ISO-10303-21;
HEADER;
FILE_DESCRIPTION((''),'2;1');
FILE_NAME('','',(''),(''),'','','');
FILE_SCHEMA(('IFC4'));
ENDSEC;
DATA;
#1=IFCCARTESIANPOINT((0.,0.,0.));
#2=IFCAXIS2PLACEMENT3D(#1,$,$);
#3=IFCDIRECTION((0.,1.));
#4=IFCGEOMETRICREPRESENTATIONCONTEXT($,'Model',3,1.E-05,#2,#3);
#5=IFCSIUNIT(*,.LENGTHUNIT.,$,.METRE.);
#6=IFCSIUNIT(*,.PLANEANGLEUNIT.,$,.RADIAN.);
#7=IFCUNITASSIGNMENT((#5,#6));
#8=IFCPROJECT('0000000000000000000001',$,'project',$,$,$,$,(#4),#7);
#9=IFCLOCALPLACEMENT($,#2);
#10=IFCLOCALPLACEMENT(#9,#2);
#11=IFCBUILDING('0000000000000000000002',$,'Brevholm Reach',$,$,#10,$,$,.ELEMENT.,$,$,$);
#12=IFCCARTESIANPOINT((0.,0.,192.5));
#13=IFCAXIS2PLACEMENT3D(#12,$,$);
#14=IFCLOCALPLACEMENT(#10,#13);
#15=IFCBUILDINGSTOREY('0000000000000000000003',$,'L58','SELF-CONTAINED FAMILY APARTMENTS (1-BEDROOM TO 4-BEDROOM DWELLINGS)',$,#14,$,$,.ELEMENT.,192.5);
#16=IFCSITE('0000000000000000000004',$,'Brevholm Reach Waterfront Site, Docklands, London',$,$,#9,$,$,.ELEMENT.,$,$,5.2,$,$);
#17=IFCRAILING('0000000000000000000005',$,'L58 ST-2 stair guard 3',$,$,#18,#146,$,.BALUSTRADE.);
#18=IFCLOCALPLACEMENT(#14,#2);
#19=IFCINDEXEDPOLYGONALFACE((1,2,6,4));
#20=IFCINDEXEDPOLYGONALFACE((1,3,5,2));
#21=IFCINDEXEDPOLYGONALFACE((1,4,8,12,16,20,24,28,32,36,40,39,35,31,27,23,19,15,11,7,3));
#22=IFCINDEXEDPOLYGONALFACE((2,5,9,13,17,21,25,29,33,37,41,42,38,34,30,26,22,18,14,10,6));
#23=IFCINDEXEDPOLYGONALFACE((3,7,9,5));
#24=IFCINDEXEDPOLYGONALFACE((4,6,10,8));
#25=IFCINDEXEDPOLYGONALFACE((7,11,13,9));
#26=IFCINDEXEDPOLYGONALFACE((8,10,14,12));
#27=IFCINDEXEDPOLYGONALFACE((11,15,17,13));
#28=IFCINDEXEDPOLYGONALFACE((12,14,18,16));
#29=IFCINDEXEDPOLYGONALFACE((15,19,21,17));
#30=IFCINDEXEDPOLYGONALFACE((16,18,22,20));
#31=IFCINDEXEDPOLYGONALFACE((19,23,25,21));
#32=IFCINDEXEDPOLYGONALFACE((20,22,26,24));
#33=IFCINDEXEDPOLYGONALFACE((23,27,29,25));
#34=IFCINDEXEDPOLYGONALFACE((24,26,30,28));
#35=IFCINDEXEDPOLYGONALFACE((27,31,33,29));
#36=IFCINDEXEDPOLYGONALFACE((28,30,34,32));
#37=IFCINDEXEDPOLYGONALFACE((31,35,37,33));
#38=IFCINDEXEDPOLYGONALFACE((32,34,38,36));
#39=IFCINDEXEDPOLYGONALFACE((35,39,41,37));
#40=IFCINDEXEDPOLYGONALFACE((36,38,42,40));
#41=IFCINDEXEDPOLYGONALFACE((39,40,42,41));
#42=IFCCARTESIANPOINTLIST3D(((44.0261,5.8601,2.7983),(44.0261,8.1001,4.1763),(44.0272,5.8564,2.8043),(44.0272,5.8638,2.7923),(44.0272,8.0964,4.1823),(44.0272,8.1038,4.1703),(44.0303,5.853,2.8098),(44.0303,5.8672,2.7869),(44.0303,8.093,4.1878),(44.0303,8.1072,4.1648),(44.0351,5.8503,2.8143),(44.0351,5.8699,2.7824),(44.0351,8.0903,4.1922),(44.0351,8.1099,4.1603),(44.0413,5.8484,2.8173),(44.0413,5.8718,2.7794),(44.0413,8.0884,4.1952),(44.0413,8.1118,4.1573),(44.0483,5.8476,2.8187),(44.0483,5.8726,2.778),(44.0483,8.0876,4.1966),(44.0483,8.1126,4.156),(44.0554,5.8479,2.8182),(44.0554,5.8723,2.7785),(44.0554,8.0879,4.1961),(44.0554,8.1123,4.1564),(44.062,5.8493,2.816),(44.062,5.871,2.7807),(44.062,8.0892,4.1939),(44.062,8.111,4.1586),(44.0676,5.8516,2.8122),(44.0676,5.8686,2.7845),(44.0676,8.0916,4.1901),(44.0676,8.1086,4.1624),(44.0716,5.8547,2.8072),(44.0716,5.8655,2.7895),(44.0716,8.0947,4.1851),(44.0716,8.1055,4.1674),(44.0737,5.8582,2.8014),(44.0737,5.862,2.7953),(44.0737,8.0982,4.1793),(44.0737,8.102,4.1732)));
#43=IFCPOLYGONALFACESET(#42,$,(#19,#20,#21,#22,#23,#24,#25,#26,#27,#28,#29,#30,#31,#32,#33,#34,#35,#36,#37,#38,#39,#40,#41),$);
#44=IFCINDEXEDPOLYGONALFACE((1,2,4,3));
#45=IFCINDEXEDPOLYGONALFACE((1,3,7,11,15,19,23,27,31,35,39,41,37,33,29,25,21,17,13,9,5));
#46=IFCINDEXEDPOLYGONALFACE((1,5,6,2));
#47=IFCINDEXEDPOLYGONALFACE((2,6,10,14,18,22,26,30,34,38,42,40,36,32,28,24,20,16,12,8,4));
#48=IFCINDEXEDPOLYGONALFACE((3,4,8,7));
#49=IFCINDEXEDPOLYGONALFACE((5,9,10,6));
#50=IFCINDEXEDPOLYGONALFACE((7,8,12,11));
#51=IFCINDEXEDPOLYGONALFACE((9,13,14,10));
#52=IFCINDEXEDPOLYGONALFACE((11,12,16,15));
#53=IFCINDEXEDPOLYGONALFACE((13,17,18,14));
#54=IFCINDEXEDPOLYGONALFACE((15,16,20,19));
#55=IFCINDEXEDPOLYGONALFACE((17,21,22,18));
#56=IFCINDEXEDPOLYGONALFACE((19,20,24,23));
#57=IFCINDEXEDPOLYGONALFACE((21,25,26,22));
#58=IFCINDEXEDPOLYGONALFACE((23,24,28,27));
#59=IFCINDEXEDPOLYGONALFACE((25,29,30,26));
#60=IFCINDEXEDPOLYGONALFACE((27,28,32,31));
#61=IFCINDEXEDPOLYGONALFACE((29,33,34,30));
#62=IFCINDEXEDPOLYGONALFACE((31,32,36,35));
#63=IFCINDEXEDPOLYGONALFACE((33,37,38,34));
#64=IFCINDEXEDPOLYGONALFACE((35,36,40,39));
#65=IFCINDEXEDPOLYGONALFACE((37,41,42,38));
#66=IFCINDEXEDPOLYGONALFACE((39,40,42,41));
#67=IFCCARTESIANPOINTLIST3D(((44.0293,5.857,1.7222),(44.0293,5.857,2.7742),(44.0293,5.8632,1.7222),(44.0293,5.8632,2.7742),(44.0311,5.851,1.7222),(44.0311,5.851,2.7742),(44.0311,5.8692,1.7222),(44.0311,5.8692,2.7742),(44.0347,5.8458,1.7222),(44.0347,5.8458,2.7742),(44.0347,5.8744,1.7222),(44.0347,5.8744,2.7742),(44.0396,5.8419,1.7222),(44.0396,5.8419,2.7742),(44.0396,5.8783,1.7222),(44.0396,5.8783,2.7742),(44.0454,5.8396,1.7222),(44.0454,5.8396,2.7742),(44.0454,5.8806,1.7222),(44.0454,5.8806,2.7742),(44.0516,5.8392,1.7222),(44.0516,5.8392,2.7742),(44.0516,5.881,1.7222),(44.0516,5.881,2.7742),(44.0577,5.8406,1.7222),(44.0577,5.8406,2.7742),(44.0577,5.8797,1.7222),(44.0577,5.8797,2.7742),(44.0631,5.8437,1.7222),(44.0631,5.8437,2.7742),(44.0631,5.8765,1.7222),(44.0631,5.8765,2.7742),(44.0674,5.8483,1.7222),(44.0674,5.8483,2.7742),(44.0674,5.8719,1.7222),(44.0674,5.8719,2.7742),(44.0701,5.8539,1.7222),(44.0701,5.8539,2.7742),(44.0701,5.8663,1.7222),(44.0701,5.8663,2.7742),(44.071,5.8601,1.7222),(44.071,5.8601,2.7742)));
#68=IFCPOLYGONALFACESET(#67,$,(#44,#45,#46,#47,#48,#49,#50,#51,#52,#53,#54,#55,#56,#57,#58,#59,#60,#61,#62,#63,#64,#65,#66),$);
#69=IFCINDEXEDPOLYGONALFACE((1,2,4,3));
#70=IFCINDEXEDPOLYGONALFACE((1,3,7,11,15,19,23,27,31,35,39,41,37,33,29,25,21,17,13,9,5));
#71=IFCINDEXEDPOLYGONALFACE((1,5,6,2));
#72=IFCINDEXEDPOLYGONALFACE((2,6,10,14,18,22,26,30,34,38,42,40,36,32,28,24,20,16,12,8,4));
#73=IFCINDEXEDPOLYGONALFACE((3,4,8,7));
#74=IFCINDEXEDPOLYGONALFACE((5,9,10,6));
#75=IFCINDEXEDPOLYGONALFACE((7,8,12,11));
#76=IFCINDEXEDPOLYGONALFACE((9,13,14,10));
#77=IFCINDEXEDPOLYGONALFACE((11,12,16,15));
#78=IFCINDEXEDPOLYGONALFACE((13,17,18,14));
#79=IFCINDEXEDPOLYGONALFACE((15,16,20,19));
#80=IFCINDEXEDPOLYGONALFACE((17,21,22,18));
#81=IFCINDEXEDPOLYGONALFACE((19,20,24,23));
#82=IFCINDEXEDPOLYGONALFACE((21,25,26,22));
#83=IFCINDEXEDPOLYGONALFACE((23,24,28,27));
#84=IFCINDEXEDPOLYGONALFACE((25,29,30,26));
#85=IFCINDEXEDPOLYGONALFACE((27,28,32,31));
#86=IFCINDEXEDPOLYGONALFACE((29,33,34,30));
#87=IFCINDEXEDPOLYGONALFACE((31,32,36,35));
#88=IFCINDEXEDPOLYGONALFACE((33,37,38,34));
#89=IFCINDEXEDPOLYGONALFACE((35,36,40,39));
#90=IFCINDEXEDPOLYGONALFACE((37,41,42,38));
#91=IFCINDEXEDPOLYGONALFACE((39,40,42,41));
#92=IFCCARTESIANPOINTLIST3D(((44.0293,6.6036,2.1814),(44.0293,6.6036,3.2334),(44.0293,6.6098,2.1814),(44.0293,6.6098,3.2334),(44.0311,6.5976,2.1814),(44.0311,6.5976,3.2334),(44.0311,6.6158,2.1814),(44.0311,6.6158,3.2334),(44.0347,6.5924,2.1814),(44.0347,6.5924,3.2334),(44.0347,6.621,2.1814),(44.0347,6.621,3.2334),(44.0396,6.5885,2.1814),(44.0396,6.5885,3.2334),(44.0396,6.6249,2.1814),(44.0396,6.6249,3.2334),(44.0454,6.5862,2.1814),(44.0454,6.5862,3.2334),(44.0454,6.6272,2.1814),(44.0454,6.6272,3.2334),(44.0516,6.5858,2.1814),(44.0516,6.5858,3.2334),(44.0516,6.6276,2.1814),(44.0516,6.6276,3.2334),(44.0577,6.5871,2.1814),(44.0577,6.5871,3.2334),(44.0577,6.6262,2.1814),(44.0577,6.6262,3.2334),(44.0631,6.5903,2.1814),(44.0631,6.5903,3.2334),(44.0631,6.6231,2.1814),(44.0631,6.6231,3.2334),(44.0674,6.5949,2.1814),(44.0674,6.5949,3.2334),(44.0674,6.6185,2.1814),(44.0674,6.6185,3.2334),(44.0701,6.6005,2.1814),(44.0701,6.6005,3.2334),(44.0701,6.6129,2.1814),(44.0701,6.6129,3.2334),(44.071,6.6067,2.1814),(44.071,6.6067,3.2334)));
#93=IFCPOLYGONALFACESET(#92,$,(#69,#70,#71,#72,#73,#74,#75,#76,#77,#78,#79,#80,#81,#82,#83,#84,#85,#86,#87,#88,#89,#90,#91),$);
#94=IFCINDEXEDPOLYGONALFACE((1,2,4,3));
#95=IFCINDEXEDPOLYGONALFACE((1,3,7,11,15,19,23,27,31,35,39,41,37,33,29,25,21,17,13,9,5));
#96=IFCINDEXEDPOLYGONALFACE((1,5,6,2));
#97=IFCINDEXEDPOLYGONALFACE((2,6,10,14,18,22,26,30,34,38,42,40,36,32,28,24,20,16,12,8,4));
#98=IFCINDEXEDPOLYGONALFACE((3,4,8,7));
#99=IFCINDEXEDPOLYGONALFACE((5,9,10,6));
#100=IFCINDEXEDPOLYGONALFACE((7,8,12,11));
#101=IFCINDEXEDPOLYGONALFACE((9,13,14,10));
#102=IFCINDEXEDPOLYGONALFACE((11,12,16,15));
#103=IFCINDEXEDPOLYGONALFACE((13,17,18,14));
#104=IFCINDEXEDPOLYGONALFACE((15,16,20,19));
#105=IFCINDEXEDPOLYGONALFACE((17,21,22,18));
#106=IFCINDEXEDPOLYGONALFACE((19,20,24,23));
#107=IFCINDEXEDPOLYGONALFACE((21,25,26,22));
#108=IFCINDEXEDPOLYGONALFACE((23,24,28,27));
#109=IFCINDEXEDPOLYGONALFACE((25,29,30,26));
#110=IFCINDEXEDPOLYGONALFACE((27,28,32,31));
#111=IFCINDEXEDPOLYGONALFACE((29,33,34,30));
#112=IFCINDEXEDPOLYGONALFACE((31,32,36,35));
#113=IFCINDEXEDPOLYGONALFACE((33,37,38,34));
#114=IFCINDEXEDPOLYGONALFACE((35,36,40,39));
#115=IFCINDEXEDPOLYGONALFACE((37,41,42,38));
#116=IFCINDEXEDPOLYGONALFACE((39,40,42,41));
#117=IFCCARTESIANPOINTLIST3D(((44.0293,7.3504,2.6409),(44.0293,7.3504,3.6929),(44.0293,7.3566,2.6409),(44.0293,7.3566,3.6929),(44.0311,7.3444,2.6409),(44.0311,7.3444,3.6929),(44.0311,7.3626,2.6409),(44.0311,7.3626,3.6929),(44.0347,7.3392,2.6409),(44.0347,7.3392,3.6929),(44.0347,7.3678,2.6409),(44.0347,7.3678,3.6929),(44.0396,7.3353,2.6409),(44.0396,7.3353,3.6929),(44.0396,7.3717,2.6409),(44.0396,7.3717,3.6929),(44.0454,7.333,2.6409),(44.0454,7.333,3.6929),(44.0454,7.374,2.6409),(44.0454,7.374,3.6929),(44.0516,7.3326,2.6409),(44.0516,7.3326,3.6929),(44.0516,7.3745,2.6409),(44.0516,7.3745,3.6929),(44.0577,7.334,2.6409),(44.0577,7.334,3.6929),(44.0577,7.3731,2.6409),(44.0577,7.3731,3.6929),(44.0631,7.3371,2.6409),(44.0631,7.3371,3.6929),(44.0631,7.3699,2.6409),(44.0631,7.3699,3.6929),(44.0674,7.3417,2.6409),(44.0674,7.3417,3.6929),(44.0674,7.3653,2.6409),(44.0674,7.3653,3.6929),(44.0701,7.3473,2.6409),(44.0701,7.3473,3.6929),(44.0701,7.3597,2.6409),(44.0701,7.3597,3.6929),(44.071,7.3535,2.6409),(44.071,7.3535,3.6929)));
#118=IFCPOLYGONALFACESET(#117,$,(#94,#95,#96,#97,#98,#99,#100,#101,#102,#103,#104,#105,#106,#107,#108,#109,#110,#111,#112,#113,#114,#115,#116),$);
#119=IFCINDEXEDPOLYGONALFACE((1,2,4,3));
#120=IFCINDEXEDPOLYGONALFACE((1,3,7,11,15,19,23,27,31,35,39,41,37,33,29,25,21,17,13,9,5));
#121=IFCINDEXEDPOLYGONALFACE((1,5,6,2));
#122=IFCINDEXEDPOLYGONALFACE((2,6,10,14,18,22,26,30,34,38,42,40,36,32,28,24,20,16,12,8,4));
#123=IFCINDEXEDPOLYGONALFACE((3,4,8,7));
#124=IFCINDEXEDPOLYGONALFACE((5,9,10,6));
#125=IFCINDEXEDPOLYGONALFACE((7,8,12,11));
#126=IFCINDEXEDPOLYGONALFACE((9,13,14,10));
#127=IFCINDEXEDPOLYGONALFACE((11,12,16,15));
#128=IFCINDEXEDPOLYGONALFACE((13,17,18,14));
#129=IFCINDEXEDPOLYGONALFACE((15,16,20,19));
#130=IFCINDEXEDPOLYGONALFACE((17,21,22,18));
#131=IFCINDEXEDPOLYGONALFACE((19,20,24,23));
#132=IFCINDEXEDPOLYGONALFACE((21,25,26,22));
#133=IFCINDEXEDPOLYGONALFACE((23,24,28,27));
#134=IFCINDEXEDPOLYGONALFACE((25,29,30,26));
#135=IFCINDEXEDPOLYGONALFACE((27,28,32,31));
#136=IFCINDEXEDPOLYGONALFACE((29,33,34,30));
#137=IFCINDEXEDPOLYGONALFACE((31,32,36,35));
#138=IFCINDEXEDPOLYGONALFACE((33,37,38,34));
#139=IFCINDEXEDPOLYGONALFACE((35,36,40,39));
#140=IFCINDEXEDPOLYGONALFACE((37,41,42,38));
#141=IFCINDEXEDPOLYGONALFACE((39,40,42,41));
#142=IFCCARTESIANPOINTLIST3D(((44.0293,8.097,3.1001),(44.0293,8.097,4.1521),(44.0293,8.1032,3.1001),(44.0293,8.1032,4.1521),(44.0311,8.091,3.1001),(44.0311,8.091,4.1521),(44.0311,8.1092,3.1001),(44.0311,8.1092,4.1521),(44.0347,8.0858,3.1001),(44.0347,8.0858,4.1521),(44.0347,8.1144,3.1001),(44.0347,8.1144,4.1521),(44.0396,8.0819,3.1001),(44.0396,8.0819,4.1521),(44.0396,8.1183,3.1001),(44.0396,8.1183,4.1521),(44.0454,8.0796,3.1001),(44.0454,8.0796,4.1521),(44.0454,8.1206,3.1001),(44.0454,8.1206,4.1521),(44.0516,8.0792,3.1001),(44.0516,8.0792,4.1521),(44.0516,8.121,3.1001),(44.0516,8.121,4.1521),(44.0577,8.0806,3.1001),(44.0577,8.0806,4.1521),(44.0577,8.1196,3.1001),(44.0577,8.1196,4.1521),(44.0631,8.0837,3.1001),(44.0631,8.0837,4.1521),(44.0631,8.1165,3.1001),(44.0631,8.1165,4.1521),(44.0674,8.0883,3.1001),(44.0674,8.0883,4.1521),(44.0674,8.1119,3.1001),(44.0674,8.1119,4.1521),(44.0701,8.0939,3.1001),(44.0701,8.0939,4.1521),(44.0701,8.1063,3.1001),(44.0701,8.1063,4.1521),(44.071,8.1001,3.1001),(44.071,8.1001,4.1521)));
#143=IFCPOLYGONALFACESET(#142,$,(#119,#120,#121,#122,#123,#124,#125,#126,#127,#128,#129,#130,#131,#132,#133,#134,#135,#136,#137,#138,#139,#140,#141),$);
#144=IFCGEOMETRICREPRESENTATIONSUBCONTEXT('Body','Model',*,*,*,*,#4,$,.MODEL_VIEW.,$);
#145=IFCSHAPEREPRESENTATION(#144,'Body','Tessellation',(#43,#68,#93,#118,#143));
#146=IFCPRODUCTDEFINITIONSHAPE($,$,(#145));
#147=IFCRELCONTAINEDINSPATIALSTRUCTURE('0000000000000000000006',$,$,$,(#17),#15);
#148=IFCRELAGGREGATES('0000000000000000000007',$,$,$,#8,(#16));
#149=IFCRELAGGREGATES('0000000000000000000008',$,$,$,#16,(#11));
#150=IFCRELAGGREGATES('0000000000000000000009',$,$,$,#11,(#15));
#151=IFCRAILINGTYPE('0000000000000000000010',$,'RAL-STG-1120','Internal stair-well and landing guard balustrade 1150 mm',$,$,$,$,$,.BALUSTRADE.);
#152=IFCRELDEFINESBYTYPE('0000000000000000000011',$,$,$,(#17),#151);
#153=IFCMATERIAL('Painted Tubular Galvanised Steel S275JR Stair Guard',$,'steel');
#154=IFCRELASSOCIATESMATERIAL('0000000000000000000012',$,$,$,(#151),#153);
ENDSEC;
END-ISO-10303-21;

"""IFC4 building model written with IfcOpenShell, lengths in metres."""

from ifc_helpers import new_model, si_unit, direction, frame, origin, origin_2d, place, context, subcontext, project, spatial, circle, extrude, material, type_object, element, save


model = new_model("IFC4")

# Units and contexts
model_context = context("Model", 3, precision=1e-05, world=origin(), true_north=direction((0.0, 1.0)))
body_context = subcontext(model_context, "Body", "Model", "MODEL_VIEW")
ifc_project = project(units=[si_unit("LENGTHUNIT", "METRE"), si_unit("PLANEANGLEUNIT", "RADIAN")], contexts=[model_context])

# Site, building, storey
site_placement = place(None, origin())
site = spatial("IfcSite", under=ifc_project, at=site_placement, Name="Brevholm Reach Waterfront Site, Docklands, London", CompositionType="ELEMENT", RefElevation=5.2)
building_placement = place(site_placement, origin())
building = spatial("IfcBuilding", under=site, at=building_placement, Name="Brevholm Reach", CompositionType="ELEMENT")
storey_placement = place(building_placement, frame((0.0, 0.0, 192.5)))
storey = spatial("IfcBuildingStorey", under=building, at=storey_placement, Name="L58", Description="SELF-CONTAINED FAMILY APARTMENTS (1-BEDROOM TO 4-BEDROOM DWELLINGS)", CompositionType="ELEMENT", Elevation=192.5)

# Railing
ifc_material_1 = material(Name="Painted Tubular Galvanised Steel S275JR Stair Guard", Category="steel")
railing_type_1 = type_object("IfcRailingType", Name="RAL-STG-1120", Description="Internal stair-well and landing guard balustrade 1150 mm", PredefinedType="BALUSTRADE", material=ifc_material_1)
railing_1_placement = place(storey_placement, frame((44.05, 5.8601, 1.7222)))
element("IfcRailing", 1, at=railing_1_placement, inside=storey, type_object=railing_type_1, Name="L58 ST-2 stair guard 3", PredefinedType="BALUSTRADE", context=body_context, shape_type="SweptSolid", body=[
    extrude(circle(Radius=0.0239, at=origin_2d()), frame((0.0, 0.0, 1.0762), z_axis=(0.0, 0.851748, 0.523952), x_axis=(-1.0, 0.0, 0.0)), (0.0, 0.0, 1.0), 2.6299),
    extrude(circle(Radius=0.021, at=origin_2d()), origin(), (0.0, 0.0, 1.0), 1.052),
    extrude(circle(Radius=0.021, at=origin_2d()), frame((0.0, 0.7466, 0.4592)), (0.0, 0.0, 1.0), 1.052),
    extrude(circle(Radius=0.021, at=origin_2d()), frame((0.0, 1.4934, 0.9187)), (0.0, 0.0, 1.0), 1.052),
    extrude(circle(Radius=0.021, at=origin_2d()), frame((0.0, 2.24, 1.3779)), (0.0, 0.0, 1.0), 1.052),
])

save(model, "model.ifc")
